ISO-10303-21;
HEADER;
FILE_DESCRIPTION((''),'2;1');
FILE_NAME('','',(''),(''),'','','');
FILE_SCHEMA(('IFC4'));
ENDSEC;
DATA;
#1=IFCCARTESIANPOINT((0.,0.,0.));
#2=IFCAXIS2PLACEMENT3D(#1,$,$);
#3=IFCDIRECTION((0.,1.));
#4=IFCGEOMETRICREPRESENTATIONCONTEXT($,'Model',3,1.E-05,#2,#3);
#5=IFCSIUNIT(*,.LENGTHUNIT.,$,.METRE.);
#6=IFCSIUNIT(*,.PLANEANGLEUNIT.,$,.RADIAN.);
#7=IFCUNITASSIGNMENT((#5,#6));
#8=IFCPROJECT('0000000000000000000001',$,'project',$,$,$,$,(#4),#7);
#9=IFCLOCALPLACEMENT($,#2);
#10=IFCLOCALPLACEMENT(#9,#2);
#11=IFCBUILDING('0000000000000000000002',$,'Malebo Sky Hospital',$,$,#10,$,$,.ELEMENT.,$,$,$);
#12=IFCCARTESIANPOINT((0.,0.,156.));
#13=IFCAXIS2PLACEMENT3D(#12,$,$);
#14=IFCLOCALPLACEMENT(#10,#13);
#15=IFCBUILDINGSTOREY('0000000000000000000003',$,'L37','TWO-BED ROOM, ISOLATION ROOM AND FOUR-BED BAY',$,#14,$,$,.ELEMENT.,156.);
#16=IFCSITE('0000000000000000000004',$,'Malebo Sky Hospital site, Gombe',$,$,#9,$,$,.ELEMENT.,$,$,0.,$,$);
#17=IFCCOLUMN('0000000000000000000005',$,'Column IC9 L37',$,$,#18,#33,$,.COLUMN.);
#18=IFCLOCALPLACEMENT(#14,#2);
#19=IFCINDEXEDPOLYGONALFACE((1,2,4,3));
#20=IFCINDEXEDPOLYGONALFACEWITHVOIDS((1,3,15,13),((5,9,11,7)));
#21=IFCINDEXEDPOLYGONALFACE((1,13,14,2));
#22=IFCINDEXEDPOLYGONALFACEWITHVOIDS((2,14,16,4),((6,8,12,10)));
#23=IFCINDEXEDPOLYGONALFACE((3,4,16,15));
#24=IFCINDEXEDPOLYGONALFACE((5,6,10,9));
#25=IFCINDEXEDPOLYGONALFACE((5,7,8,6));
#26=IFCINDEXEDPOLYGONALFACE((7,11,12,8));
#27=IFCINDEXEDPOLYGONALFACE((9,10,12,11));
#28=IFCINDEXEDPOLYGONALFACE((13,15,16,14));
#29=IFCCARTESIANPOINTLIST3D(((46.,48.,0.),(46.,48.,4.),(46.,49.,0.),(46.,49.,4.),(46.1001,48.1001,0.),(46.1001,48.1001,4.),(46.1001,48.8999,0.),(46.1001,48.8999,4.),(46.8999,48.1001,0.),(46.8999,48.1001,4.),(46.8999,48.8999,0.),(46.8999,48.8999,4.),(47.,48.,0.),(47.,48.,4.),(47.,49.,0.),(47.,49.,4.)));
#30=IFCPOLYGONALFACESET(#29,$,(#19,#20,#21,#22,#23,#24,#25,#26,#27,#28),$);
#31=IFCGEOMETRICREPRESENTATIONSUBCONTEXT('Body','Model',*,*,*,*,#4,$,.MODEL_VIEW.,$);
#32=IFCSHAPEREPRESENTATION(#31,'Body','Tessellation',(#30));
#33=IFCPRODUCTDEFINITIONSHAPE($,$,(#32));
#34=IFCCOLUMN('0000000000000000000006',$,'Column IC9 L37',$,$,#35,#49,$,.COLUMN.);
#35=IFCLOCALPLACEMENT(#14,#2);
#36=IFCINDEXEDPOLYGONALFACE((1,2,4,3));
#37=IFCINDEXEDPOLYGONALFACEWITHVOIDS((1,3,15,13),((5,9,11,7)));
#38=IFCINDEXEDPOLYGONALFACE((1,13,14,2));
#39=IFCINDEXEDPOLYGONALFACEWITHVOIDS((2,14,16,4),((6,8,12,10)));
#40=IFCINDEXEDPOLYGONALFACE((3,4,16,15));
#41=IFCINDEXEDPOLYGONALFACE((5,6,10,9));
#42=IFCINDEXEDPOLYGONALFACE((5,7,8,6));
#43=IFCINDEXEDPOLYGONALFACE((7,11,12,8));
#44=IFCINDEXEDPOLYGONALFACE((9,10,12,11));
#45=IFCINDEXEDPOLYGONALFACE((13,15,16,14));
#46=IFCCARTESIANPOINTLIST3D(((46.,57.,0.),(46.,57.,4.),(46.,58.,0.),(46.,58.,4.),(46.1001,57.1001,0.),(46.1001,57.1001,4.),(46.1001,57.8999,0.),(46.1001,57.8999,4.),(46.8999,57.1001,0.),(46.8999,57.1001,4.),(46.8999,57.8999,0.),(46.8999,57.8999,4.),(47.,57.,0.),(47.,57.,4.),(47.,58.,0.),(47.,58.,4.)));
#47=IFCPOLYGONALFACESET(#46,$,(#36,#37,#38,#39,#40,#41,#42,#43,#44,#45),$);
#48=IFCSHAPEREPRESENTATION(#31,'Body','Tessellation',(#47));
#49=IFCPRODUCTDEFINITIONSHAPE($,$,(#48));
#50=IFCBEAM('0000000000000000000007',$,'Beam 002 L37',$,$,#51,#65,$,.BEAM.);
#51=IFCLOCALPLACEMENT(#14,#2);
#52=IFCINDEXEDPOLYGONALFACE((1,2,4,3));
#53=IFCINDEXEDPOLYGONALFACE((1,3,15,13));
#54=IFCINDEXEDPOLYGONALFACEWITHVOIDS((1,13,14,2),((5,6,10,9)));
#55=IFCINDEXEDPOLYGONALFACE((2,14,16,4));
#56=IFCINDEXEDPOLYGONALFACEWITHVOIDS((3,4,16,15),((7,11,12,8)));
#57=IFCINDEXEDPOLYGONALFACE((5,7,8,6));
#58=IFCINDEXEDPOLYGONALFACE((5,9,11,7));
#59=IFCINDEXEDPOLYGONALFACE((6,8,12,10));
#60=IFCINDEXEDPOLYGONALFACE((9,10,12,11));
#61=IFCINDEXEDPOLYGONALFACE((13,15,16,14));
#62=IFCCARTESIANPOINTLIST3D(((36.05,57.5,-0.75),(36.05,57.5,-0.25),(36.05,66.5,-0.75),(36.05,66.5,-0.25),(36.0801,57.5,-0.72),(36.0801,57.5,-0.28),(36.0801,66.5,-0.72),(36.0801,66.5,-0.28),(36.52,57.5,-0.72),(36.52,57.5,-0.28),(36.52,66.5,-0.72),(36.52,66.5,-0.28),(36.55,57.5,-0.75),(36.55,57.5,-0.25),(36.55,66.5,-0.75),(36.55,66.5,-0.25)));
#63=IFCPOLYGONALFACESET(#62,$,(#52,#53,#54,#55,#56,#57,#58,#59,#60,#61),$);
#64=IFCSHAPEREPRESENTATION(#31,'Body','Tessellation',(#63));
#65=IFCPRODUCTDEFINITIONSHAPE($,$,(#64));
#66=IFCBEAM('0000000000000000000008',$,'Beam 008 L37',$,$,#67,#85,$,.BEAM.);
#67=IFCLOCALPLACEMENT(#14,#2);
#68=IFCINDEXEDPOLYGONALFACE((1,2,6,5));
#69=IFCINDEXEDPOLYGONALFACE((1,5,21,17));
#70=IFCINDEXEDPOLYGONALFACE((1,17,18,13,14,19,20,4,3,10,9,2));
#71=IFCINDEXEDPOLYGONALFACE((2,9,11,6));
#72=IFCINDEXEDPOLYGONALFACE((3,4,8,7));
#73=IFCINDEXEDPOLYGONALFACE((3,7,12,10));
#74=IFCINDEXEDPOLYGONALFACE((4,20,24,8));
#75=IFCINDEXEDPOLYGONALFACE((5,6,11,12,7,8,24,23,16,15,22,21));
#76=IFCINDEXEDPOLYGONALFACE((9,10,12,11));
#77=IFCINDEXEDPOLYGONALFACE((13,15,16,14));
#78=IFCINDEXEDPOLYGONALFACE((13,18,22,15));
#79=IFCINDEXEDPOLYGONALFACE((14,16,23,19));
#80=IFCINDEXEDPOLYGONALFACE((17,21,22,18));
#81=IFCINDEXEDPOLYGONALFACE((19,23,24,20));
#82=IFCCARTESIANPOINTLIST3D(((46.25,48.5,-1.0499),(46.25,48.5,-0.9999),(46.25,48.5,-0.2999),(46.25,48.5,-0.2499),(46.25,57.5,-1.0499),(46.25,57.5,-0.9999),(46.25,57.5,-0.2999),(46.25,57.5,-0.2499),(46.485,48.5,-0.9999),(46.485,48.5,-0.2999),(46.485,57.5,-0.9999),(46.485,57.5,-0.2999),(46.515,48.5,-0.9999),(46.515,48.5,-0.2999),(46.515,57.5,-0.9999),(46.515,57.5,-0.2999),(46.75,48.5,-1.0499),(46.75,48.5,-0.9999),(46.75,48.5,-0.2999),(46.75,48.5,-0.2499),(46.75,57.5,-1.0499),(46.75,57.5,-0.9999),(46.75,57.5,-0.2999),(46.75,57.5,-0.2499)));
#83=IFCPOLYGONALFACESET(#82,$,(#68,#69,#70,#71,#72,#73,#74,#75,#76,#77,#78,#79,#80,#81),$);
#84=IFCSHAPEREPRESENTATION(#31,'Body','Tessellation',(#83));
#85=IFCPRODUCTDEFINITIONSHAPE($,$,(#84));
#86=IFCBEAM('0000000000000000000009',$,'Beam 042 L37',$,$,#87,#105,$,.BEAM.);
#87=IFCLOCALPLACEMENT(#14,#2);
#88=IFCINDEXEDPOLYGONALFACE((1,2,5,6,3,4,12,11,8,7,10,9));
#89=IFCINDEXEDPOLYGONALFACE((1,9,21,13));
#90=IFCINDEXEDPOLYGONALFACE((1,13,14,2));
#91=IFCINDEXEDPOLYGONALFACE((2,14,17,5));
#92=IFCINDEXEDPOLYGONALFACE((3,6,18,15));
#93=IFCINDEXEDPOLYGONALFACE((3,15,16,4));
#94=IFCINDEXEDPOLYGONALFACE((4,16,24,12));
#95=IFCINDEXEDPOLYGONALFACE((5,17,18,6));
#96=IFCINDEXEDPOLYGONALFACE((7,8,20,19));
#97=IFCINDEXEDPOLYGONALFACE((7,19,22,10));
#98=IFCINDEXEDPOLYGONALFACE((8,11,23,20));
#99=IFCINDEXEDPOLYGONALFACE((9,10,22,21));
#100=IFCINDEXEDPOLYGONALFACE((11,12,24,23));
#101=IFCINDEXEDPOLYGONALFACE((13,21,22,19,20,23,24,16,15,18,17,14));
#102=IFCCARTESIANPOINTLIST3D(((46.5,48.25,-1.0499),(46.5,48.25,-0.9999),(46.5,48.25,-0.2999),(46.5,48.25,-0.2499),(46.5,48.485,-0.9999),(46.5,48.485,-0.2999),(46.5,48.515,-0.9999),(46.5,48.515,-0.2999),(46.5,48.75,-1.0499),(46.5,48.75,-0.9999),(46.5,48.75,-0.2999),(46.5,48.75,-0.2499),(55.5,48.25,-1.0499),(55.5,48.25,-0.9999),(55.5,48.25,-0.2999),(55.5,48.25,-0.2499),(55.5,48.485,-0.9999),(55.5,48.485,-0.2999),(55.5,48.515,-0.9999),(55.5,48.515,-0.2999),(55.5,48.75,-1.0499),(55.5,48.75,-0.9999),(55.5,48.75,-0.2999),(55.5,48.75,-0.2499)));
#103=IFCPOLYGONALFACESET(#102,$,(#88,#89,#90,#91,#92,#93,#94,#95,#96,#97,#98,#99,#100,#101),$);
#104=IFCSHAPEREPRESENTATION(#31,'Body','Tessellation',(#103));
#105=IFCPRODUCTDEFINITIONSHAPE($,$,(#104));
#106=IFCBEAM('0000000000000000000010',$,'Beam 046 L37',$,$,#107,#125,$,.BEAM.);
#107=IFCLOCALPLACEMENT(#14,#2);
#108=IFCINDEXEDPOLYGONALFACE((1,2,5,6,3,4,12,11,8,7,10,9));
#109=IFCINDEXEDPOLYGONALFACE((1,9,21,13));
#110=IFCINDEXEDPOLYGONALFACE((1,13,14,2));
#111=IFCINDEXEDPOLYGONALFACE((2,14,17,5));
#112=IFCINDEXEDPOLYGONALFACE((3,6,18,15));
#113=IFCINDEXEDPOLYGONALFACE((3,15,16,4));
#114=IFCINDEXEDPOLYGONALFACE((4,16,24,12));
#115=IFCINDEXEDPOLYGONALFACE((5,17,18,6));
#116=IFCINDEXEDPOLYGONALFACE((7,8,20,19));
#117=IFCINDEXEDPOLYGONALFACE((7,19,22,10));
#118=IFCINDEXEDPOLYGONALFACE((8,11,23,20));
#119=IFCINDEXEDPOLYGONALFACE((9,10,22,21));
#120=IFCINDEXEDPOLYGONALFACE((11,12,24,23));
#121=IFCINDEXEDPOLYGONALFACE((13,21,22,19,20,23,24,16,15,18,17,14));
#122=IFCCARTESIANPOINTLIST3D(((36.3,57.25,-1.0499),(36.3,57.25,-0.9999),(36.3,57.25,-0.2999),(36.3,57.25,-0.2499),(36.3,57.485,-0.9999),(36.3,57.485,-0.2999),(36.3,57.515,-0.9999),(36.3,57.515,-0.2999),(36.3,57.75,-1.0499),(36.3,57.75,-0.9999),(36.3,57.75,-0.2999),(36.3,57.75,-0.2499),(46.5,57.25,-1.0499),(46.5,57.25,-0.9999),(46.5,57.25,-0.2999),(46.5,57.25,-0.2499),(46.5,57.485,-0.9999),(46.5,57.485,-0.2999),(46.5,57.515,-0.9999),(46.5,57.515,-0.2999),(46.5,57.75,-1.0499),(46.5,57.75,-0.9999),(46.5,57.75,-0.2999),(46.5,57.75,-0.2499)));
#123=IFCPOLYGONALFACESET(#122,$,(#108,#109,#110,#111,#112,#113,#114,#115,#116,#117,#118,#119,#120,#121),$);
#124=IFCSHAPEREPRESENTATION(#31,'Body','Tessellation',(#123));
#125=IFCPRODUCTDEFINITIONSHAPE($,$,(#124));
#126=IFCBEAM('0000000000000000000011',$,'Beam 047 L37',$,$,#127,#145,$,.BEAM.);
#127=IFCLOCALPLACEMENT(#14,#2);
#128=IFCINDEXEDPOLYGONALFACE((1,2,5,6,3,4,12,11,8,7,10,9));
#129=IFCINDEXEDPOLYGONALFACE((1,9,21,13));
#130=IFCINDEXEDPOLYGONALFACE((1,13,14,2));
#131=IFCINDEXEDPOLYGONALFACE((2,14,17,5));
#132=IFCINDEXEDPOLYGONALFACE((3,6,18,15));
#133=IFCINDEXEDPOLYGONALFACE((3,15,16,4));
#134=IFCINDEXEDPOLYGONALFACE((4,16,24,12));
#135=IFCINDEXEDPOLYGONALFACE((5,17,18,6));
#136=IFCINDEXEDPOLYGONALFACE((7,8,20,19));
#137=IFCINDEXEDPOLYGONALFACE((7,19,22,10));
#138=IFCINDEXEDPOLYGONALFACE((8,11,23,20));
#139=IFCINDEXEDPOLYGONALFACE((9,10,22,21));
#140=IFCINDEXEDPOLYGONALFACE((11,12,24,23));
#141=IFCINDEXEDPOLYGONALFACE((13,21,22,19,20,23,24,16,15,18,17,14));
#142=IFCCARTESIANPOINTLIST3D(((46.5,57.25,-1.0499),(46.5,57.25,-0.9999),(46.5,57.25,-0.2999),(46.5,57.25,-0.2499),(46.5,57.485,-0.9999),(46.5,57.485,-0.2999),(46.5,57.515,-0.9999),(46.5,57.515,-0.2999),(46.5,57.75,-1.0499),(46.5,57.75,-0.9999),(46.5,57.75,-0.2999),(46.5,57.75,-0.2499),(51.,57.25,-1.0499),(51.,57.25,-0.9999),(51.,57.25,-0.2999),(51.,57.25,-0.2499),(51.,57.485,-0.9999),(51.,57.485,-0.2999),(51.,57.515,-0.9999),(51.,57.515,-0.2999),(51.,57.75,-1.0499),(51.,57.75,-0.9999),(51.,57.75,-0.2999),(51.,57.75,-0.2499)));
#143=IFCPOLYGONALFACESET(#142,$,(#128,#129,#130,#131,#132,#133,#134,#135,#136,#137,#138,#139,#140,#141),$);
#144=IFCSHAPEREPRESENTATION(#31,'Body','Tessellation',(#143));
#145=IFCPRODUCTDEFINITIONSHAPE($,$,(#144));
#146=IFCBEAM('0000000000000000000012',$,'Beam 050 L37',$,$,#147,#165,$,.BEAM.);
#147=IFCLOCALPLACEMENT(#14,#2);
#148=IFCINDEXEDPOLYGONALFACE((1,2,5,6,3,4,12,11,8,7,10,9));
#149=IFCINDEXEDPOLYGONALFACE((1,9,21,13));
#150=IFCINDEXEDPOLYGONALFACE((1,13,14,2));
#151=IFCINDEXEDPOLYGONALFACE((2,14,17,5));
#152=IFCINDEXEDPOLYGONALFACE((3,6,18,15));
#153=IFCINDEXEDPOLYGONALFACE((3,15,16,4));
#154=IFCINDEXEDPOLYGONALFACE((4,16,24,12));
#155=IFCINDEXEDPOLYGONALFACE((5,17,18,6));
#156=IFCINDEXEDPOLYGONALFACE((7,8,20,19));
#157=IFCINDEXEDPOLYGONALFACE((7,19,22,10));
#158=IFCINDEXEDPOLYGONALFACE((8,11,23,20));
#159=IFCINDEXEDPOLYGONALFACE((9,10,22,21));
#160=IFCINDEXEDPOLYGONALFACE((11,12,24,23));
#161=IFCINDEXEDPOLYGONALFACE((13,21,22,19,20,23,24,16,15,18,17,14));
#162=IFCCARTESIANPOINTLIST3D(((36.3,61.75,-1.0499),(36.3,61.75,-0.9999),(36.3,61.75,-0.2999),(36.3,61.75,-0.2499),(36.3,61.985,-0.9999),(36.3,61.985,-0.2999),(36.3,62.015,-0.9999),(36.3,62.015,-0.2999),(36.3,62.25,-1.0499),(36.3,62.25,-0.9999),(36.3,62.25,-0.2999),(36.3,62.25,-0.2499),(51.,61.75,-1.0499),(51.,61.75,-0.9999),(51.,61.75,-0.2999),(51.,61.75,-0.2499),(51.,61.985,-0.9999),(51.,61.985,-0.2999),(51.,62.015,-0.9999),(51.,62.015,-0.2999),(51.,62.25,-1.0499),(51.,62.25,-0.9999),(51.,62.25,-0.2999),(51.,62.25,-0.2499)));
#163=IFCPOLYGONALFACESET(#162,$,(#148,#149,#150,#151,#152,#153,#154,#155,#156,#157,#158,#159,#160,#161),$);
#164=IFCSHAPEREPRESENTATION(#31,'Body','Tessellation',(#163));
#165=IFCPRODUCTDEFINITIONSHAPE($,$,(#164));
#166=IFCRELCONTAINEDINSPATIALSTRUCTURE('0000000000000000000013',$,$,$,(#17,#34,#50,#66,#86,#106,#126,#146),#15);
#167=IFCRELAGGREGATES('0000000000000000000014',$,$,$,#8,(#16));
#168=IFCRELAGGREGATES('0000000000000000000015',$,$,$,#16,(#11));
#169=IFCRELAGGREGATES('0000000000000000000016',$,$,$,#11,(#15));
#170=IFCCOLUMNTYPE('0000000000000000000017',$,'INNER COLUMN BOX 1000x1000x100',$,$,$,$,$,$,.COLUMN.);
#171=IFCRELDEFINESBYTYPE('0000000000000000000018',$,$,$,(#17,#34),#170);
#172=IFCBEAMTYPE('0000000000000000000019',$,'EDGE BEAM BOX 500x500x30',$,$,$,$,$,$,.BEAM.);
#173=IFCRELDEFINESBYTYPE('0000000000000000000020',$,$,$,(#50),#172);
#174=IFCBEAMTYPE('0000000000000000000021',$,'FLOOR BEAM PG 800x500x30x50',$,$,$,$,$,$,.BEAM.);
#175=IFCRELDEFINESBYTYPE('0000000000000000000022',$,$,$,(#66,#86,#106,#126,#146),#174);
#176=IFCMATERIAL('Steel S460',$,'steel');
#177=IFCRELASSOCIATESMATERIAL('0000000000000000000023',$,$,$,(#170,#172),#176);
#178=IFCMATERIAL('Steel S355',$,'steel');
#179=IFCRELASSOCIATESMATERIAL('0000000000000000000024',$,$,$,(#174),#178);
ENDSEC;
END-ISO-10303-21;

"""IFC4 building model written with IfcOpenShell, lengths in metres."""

from ifc_helpers import new_model, si_unit, direction, frame, origin, origin_2d, place, context, subcontext, project, spatial, hollow_rectangle, i_section, extrude, material, material_profile, profile_set, type_object, element, save


model = new_model("IFC4")

# Units and contexts
model_context = context("Model", 3, precision=1e-05, world=origin(), true_north=direction((0.0, 1.0)))
body_context = subcontext(model_context, "Body", "Model", "MODEL_VIEW")
ifc_project = project(units=[si_unit("LENGTHUNIT", "METRE"), si_unit("PLANEANGLEUNIT", "RADIAN")], contexts=[model_context])

# Site, building, storey
site_placement = place(None, origin())
site = spatial("IfcSite", under=ifc_project, at=site_placement, Name="Malebo Sky Hospital site, Gombe", CompositionType="ELEMENT", RefElevation=0.0)
building_placement = place(site_placement, origin())
building = spatial("IfcBuilding", under=site, at=building_placement, Name="Malebo Sky Hospital", CompositionType="ELEMENT")
storey_placement = place(building_placement, frame((0.0, 0.0, 156.0)))
storey = spatial("IfcBuildingStorey", under=building, at=storey_placement, Name="L37", Description="TWO-BED ROOM, ISOLATION ROOM AND FOUR-BED BAY", CompositionType="ELEMENT", Elevation=156.0)

# Columns
ifc_material_1 = material(Name="Steel S460", Category="steel")
ifc_material_profile_1 = material_profile(ifc_material_1, hollow_rectangle(XDim=1.0, YDim=1.0, WallThickness=0.1001, at=origin_2d()), Name="BOX 1000x1000x100")
ifc_profile_set_1 = profile_set([ifc_material_profile_1], Name="Steel S460")
column_type = type_object("IfcColumnType", Name="INNER COLUMN BOX 1000x1000x100", PredefinedType="COLUMN", material=ifc_profile_set_1)
for number, where, z_axis, x_axis, name in (
    (1, (46.5, 48.5, 0.0), (0.0, 0.0, 1.0), (1.0, 0.0, 0.0), "Column IC9 L37"),
    (2, (46.5, 57.5, 0.0), (0.0, 0.0, 1.0), (1.0, 0.0, 0.0), "Column IC9 L37"),
):
    element("IfcColumn", number, at=place(storey_placement, frame(where, z_axis=z_axis, x_axis=x_axis)), inside=storey, type_object=column_type, Name=name, PredefinedType="COLUMN", context=body_context, shape_type="SweptSolid", body=[
        extrude(hollow_rectangle(XDim=1.0, YDim=1.0, WallThickness=0.1001, at=origin_2d()), origin(), (0.0, 0.0, 1.0), 4.0),
    ])

# Beams
ifc_material_profile_2 = material_profile(ifc_material_1, hollow_rectangle(XDim=0.5, YDim=0.5, WallThickness=0.03, at=origin_2d()), Name="BOX 500x500x30")
ifc_profile_set_2 = profile_set([ifc_material_profile_2], Name="Steel S460")
beam_type_1 = type_object("IfcBeamType", Name="EDGE BEAM BOX 500x500x30", PredefinedType="BEAM", material=ifc_profile_set_2)
beam_1_placement = place(storey_placement, frame((36.3, 57.5, -0.5), z_axis=(0.0, 1.0, 0.0), x_axis=(-1.0, 0.0, 0.0)))
element("IfcBeam", 3, at=beam_1_placement, inside=storey, type_object=beam_type_1, Name="Beam 002 L37", PredefinedType="BEAM", context=body_context, shape_type="SweptSolid", body=[
    extrude(hollow_rectangle(XDim=0.5, YDim=0.5, WallThickness=0.03, at=origin_2d()), origin(), (0.0, 0.0, 1.0), 9.0),
])
ifc_material_2 = material(Name="Steel S355", Category="steel")
ifc_material_profile_3 = material_profile(ifc_material_2, i_section(OverallWidth=0.5, OverallDepth=0.8, WebThickness=0.03, FlangeThickness=0.05, at=origin_2d()), Name="PG 800x500x30x50")
ifc_profile_set_3 = profile_set([ifc_material_profile_3], Name="Steel S355")
beam_type_2 = type_object("IfcBeamType", Name="FLOOR BEAM PG 800x500x30x50", PredefinedType="BEAM", material=ifc_profile_set_3)
for number, where, z_axis, x_axis, name in (
    (4, (46.5, 48.5, -0.6499), (0.0, 1.0, 0.0), (-1.0, 0.0, 0.0), "Beam 008 L37"),
    (5, (46.5, 48.5, -0.6499), (1.0, 0.0, 0.0), (0.0, 1.0, 0.0), "Beam 042 L37"),
):
    element("IfcBeam", number, at=place(storey_placement, frame(where, z_axis=z_axis, x_axis=x_axis)), inside=storey, type_object=beam_type_2, Name=name, PredefinedType="BEAM", context=body_context, shape_type="SweptSolid", body=[
        extrude(i_section(OverallWidth=0.5, OverallDepth=0.8, WebThickness=0.03, FlangeThickness=0.05, at=origin_2d()), origin(), (0.0, 0.0, 1.0), 9.0),
    ])
beam_2_placement = place(storey_placement, frame((36.3, 57.5, -0.6499), z_axis=(1.0, 0.0, 0.0), x_axis=(0.0, 1.0, 0.0)))
element("IfcBeam", 6, at=beam_2_placement, inside=storey, type_object=beam_type_2, Name="Beam 046 L37", PredefinedType="BEAM", context=body_context, shape_type="SweptSolid", body=[
    extrude(i_section(OverallWidth=0.5, OverallDepth=0.8, WebThickness=0.03, FlangeThickness=0.05, at=origin_2d()), origin(), (0.0, 0.0, 1.0), 10.2),
])
beam_3_placement = place(storey_placement, frame((46.5, 57.5, -0.6499), z_axis=(1.0, 0.0, 0.0), x_axis=(0.0, 1.0, 0.0)))
element("IfcBeam", 7, at=beam_3_placement, inside=storey, type_object=beam_type_2, Name="Beam 047 L37", PredefinedType="BEAM", context=body_context, shape_type="SweptSolid", body=[
    extrude(i_section(OverallWidth=0.5, OverallDepth=0.8, WebThickness=0.03, FlangeThickness=0.05, at=origin_2d()), origin(), (0.0, 0.0, 1.0), 4.5),
])
beam_4_placement = place(storey_placement, frame((36.3, 62.0, -0.6499), z_axis=(1.0, 0.0, 0.0), x_axis=(0.0, 1.0, 0.0)))
element("IfcBeam", 8, at=beam_4_placement, inside=storey, type_object=beam_type_2, Name="Beam 050 L37", PredefinedType="BEAM", context=body_context, shape_type="SweptSolid", body=[
    extrude(i_section(OverallWidth=0.5, OverallDepth=0.8, WebThickness=0.03, FlangeThickness=0.05, at=origin_2d()), origin(), (0.0, 0.0, 1.0), 14.7),
])

save(model, "model.ifc")
